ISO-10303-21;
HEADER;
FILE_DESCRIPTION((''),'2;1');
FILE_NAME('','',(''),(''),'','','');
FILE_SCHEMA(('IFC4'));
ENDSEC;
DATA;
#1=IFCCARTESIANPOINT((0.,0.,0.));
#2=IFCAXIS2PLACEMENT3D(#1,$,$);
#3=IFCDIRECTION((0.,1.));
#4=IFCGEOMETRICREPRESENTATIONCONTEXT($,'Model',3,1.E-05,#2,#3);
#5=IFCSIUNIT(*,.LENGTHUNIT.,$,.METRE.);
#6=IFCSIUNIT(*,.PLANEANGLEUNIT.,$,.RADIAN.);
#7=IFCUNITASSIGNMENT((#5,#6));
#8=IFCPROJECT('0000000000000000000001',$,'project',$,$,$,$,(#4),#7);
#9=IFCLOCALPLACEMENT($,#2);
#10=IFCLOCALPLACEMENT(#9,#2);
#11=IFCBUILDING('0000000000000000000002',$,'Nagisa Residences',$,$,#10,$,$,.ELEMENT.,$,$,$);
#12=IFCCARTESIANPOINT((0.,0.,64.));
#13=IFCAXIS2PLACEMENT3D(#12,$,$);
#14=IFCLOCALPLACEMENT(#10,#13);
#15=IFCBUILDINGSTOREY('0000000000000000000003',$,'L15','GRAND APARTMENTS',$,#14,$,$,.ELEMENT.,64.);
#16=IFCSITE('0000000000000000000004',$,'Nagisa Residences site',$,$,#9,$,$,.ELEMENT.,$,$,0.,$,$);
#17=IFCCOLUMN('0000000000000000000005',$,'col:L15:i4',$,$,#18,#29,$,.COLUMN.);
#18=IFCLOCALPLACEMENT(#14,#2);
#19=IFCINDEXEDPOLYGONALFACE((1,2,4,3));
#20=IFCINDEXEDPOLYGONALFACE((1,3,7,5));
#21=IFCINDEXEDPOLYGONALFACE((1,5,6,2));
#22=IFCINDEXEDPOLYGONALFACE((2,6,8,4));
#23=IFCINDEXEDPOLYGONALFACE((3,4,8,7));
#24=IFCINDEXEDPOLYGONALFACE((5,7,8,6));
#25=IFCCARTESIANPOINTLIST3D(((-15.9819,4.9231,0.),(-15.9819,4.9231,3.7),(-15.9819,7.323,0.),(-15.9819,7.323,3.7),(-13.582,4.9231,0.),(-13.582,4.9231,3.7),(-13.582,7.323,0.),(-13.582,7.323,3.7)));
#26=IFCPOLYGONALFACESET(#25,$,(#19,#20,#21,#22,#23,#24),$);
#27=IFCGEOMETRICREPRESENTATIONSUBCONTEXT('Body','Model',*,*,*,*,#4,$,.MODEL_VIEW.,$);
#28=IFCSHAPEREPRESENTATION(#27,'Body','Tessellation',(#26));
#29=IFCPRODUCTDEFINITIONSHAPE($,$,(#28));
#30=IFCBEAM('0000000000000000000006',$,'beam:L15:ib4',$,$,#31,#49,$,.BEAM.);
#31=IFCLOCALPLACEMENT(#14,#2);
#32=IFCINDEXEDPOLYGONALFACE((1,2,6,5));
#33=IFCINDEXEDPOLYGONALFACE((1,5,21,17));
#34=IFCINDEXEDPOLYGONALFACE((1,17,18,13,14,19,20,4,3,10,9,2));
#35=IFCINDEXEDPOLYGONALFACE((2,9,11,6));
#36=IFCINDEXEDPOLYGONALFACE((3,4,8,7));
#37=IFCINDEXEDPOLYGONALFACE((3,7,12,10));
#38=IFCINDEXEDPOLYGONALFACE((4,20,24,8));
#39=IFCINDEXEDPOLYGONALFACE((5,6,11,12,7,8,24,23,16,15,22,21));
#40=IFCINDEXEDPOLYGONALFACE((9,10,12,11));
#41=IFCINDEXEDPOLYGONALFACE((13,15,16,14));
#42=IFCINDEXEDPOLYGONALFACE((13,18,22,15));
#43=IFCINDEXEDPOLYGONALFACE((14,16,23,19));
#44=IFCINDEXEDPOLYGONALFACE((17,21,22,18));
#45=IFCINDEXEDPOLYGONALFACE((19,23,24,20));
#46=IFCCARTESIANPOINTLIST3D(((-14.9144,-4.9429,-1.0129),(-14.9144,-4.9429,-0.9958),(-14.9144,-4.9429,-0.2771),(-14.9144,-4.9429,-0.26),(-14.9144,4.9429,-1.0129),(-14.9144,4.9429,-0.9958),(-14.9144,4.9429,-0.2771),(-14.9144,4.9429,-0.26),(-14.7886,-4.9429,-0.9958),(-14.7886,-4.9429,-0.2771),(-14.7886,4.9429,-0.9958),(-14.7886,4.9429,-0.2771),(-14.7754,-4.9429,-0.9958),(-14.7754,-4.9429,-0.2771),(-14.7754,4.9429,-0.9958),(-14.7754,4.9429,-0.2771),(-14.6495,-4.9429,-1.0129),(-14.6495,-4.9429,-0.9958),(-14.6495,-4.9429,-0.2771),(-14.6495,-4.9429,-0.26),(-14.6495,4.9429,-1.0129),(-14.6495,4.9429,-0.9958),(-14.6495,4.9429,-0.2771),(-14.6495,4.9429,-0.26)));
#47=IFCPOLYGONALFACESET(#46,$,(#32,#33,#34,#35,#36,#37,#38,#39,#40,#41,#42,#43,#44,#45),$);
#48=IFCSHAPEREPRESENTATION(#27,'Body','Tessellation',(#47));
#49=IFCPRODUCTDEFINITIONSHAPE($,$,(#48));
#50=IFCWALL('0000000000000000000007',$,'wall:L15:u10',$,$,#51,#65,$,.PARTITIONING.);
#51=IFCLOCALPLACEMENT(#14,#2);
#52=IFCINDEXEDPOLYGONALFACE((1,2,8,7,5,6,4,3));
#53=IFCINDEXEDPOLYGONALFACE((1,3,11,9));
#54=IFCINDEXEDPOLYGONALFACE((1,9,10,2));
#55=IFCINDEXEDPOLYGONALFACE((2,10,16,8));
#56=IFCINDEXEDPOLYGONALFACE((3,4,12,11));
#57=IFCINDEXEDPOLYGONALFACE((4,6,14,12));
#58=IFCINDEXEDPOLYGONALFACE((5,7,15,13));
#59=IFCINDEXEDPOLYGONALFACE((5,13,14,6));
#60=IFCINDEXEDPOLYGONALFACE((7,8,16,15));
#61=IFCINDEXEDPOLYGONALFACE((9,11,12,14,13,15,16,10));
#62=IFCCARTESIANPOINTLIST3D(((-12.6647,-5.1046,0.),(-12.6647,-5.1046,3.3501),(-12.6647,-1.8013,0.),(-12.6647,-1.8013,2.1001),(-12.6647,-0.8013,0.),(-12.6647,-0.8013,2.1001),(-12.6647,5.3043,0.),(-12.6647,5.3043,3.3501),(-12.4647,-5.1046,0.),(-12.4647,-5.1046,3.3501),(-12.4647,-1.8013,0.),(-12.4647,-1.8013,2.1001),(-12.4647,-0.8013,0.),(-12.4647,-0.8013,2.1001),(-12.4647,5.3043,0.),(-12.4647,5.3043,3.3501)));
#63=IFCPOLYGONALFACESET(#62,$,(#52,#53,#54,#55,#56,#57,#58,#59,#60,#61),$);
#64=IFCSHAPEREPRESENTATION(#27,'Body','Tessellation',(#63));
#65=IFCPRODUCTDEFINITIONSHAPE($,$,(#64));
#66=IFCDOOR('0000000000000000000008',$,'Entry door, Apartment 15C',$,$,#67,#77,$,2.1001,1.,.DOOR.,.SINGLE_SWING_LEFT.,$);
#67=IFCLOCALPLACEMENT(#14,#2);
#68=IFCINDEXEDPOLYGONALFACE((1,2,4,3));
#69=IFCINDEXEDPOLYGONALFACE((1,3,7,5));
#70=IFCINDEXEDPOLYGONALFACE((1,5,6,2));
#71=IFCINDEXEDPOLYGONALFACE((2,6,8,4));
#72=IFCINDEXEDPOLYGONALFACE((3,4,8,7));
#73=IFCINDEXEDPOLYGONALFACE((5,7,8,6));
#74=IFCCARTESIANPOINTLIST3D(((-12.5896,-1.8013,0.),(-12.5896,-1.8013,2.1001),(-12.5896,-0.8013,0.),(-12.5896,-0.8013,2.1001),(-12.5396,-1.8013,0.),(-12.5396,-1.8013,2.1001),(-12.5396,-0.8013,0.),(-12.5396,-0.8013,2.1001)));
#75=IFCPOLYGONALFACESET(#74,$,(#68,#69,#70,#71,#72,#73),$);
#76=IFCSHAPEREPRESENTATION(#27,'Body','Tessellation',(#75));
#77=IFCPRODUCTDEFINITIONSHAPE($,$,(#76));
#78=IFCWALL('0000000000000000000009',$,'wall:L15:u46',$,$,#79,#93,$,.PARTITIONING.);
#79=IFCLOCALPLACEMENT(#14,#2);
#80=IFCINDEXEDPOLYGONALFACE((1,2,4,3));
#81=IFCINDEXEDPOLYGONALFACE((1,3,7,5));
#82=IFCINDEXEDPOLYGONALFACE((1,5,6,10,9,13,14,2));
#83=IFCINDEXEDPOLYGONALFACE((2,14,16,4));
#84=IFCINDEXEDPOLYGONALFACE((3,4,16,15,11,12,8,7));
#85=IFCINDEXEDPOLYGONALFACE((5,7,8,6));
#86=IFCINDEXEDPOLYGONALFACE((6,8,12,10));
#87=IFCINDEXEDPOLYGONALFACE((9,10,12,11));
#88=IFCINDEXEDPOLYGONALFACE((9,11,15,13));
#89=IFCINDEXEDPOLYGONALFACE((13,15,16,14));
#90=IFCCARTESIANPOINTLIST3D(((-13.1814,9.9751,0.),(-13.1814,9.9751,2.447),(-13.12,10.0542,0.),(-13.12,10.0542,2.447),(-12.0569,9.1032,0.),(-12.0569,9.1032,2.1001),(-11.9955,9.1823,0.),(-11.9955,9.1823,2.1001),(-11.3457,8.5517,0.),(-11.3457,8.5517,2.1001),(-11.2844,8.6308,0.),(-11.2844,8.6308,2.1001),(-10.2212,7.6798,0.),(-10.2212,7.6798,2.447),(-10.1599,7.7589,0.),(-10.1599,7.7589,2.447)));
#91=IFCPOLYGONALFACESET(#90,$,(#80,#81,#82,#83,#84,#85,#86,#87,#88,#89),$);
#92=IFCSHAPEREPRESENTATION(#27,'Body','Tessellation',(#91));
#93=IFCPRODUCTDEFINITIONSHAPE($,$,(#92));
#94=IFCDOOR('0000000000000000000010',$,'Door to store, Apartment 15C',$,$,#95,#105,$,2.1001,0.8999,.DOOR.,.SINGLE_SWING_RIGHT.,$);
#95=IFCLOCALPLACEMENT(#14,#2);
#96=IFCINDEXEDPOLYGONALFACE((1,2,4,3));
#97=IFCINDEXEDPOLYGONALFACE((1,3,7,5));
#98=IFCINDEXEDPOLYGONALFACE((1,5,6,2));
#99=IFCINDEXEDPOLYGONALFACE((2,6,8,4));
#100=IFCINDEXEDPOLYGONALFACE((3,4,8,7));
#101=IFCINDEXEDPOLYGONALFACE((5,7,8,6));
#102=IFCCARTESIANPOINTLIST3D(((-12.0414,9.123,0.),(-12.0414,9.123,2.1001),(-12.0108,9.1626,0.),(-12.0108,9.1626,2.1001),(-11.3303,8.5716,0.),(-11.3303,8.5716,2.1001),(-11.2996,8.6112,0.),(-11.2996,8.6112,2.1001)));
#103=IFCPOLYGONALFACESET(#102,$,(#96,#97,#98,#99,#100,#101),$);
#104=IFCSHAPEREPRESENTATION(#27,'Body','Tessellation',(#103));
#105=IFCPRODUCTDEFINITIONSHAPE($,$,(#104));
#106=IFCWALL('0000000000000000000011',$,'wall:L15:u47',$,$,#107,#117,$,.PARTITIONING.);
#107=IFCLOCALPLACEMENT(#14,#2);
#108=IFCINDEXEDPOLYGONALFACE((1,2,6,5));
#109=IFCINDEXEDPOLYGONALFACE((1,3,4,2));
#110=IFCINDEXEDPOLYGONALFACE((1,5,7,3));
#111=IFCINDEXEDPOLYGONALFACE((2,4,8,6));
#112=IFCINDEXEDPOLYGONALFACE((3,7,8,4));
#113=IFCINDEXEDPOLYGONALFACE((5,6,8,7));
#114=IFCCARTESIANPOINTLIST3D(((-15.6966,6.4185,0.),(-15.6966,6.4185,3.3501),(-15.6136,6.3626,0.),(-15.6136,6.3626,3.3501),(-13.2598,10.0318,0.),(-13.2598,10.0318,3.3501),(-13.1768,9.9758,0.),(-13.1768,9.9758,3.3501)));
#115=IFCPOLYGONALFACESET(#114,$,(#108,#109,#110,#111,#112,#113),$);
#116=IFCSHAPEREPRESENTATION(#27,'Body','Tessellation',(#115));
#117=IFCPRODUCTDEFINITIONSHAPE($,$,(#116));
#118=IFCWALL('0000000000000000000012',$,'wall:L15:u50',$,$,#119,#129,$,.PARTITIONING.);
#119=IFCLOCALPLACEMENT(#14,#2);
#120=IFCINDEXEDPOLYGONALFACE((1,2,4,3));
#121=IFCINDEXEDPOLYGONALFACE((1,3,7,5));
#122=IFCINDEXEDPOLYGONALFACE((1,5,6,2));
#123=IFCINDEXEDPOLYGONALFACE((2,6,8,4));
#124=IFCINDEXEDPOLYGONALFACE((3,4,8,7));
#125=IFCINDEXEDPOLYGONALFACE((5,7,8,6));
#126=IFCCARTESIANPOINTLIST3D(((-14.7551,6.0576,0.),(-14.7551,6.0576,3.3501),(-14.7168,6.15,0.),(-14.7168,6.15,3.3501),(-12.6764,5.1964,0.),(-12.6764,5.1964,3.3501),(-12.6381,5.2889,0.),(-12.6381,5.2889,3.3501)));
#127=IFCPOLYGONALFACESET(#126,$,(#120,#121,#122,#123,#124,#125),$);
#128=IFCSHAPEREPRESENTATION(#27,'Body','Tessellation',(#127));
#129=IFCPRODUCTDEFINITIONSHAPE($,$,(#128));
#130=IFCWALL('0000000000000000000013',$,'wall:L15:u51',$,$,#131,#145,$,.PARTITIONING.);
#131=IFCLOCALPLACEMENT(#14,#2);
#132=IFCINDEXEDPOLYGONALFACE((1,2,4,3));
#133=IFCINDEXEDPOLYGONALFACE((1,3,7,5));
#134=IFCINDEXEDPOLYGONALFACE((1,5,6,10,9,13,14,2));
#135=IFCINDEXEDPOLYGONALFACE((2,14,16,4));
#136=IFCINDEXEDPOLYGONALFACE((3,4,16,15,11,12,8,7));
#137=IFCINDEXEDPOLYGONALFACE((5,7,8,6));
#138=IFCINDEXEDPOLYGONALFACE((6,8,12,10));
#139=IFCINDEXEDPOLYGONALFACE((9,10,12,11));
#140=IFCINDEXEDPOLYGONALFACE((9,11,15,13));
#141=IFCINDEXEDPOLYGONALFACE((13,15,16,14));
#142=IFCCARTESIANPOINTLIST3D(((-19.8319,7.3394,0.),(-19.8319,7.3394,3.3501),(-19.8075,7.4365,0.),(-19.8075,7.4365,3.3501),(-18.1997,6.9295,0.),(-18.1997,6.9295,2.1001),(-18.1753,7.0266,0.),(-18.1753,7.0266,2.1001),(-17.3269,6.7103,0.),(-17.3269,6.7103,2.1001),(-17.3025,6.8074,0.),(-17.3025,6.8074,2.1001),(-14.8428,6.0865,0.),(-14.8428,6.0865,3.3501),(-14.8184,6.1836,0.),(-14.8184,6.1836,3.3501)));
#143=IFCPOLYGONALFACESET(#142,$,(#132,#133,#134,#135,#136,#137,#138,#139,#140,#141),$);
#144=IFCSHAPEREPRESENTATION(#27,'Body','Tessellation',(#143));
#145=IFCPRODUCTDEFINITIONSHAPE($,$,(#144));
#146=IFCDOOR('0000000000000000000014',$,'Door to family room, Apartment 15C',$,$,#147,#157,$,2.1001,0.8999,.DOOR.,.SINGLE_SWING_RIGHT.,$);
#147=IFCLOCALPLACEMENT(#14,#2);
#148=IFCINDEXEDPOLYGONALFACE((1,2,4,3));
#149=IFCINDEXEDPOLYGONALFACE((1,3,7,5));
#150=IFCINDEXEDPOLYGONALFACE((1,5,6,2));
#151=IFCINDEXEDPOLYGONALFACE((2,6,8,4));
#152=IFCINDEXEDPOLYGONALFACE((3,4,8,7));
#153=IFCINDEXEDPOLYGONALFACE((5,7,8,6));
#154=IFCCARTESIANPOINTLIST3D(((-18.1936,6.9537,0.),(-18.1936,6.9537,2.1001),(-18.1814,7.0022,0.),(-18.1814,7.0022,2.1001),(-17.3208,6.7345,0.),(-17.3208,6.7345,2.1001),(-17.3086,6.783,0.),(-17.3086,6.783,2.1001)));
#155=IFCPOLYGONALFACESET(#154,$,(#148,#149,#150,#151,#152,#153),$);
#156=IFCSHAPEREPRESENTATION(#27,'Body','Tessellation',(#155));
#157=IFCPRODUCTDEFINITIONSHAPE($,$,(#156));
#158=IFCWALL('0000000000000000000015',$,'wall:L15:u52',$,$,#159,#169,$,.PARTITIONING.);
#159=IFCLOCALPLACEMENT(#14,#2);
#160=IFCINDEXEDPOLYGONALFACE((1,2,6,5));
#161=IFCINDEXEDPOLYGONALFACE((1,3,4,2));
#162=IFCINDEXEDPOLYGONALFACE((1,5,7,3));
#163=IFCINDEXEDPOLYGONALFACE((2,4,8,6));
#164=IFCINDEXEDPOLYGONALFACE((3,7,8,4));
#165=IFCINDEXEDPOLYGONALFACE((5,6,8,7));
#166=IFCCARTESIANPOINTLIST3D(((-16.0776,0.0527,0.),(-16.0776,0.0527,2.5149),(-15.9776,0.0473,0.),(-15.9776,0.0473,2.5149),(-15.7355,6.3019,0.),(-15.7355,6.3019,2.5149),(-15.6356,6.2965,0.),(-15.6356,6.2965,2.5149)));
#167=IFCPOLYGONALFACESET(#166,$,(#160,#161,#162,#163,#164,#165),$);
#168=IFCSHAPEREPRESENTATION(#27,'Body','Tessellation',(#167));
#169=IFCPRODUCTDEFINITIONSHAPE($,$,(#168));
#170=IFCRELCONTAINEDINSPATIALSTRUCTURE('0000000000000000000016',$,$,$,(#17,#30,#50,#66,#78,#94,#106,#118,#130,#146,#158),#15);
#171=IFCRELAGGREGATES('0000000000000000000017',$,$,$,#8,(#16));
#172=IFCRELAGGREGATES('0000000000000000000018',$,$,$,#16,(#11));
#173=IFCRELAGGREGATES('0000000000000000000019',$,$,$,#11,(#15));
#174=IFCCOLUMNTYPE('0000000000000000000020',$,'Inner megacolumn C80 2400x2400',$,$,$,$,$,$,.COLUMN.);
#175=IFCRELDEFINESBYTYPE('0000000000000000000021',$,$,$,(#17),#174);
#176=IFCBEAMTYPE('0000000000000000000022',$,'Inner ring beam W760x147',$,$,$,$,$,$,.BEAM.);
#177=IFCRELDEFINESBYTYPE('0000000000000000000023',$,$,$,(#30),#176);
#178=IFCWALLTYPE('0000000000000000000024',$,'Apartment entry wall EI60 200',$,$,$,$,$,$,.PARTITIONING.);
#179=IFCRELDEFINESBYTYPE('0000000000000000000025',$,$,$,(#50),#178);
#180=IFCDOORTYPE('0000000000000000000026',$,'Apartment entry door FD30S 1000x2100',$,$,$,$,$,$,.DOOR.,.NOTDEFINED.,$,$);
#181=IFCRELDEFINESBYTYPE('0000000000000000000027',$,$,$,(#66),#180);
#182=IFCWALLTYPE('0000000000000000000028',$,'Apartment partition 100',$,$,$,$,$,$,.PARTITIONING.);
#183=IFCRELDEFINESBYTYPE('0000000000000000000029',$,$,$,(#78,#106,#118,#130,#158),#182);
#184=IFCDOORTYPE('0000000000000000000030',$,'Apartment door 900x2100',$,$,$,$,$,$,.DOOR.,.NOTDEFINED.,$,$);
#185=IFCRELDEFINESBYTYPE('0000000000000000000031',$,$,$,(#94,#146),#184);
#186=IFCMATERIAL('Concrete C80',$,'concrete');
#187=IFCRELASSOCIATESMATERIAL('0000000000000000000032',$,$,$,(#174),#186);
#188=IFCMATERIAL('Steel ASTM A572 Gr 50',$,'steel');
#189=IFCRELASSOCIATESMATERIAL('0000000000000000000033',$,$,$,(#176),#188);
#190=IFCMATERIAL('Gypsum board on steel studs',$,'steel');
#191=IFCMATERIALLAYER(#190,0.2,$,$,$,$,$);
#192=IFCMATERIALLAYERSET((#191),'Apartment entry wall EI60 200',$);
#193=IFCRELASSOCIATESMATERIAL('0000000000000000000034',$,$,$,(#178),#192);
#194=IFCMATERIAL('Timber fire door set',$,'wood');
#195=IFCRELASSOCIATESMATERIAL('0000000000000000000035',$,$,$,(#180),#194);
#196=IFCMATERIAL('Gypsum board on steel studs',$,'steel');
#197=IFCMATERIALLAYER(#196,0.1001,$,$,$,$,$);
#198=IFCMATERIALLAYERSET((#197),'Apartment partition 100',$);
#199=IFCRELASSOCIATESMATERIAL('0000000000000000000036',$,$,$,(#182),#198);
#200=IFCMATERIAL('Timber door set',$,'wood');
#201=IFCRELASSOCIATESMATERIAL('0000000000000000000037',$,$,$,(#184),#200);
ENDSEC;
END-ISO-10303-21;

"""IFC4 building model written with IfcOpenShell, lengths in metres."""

from ifc_helpers import new_model, si_unit, direction, frame, frame_2d, origin, origin_2d, place, context, subcontext, project, spatial, rectangle, i_section, extrude, material, layer, layer_set, material_profile, profile_set, type_object, element, fill, save


model = new_model("IFC4")

# Units and contexts
model_context = context("Model", 3, precision=1e-05, world=origin(), true_north=direction((0.0, 1.0)))
body_context = subcontext(model_context, "Body", "Model", "MODEL_VIEW")
ifc_project = project(units=[si_unit("LENGTHUNIT", "METRE"), si_unit("PLANEANGLEUNIT", "RADIAN")], contexts=[model_context])

# Site, building, storey
site_placement = place(None, origin())
site = spatial("IfcSite", under=ifc_project, at=site_placement, Name="Nagisa Residences site", CompositionType="ELEMENT", RefElevation=0.0)
building_placement = place(site_placement, origin())
building = spatial("IfcBuilding", under=site, at=building_placement, Name="Nagisa Residences", CompositionType="ELEMENT")
storey_placement = place(building_placement, frame((0.0, 0.0, 64.0)))
storey = spatial("IfcBuildingStorey", under=building, at=storey_placement, Name="L15", Description="GRAND APARTMENTS", CompositionType="ELEMENT", Elevation=64.0)

# Column
ifc_material_1 = material(Name="Concrete C80", Category="concrete")
ifc_material_profile_1 = material_profile(ifc_material_1, rectangle(XDim=2.3999, YDim=2.3999, at=origin_2d()), Name="C80 2400x2400")
ifc_profile_set_1 = profile_set([ifc_material_profile_1], Name="Concrete C80")
column_type = type_object("IfcColumnType", Name="Inner megacolumn C80 2400x2400", PredefinedType="COLUMN", material=ifc_profile_set_1)
column_placement = place(storey_placement, frame((-14.782, 6.123, 0.0), z_axis=(0.0, 0.0, 1.0), x_axis=(1.0, 0.0, 0.0)))
element("IfcColumn", 1, at=column_placement, inside=storey, type_object=column_type, Name="col:L15:i4", PredefinedType="COLUMN", context=body_context, shape_type="SweptSolid", body=[
    extrude(rectangle(XDim=2.3999, YDim=2.3999, at=origin_2d()), origin(), (0.0, 0.0, 1.0), 3.7),
])

# Beam
ifc_material_2 = material(Name="Steel ASTM A572 Gr 50", Category="steel")
ifc_material_profile_2 = material_profile(ifc_material_2, i_section(OverallWidth=0.2649, OverallDepth=0.7529, WebThickness=0.0132, FlangeThickness=0.0171, at=origin_2d()), Name="W760x147")
ifc_profile_set_2 = profile_set([ifc_material_profile_2], Name="Steel ASTM A572 Gr 50")
beam_type = type_object("IfcBeamType", Name="Inner ring beam W760x147", PredefinedType="BEAM", material=ifc_profile_set_2)
beam_placement = place(storey_placement, frame((-14.782, 4.9429, -0.6365), z_axis=(0.0, -1.0, 0.0), x_axis=(1.0, 0.0, 0.0)))
element("IfcBeam", 2, at=beam_placement, inside=storey, type_object=beam_type, Name="beam:L15:ib4", PredefinedType="BEAM", context=body_context, shape_type="SweptSolid", body=[
    extrude(i_section(OverallWidth=0.2649, OverallDepth=0.7529, WebThickness=0.0132, FlangeThickness=0.0171, at=origin_2d()), origin(), (0.0, 0.0, 1.0), 9.8857),
])

# Walls, openings, doors
ifc_material_3 = material(Name="Gypsum board on steel studs", Category="steel")
ifc_layer_1 = layer(ifc_material_3, 0.2)
ifc_layer_set_1 = layer_set([ifc_layer_1], Name="Apartment entry wall EI60 200")
wall_type_1 = type_object("IfcWallType", Name="Apartment entry wall EI60 200", PredefinedType="PARTITIONING", material=ifc_layer_set_1)
wall_1_placement = place(storey_placement, frame((-12.5647, 5.3044, 0.0), z_axis=(0.0, 0.0, 1.0), x_axis=(0.0, -1.0, 0.0)))
wall_1 = element("IfcWall", 3, at=wall_1_placement, inside=storey, type_object=wall_type_1, Name="wall:L15:u10", PredefinedType="PARTITIONING", context=body_context, shape_type="SweptSolid", body=[
    extrude(rectangle(XDim=10.4089, YDim=0.2, at=frame_2d((5.2046, 0.0))), origin(), (0.0, 0.0, 1.0), 3.3501),
])
opening_1_placement = place(wall_1_placement, frame((6.1057, 0.0, 0.0)))
opening_1 = element("IfcOpeningElement", 4, at=opening_1_placement, cuts=wall_1, PredefinedType="OPENING", context=body_context, shape_type="SweptSolid", body=[
    extrude(rectangle(XDim=1.0, YDim=2.1001, at=frame_2d((0.5, 1.05))), frame((0.0, 0.1099, 0.0), z_axis=(0.0, -1.0, 0.0), x_axis=(1.0, 0.0, 0.0)), (0.0, 0.0, 1.0), 0.22),
])
ifc_material_4 = material(Name="Timber fire door set", Category="wood")
door_type_1 = type_object("IfcDoorType", Name="Apartment entry door FD30S 1000x2100", OperationType="NOTDEFINED", PredefinedType="DOOR", material=ifc_material_4)
door_1_placement = place(opening_1_placement, frame((1.0, 0.0, 0.0), x_axis=(-1.0, 0.0, 0.0)))
door_1 = element("IfcDoor", 5, at=door_1_placement, inside=storey, type_object=door_type_1, Name="Entry door, Apartment 15C", OperationType="SINGLE_SWING_LEFT", OverallHeight=2.1001, OverallWidth=1.0, PredefinedType="DOOR", context=body_context, shape_type="SweptSolid", body=[
    extrude(rectangle(XDim=1.0, YDim=2.1001, at=frame_2d((0.5, 1.05))), frame((0.0, 0.0249, 0.0), z_axis=(0.0, -1.0, 0.0), x_axis=(1.0, 0.0, 0.0)), (0.0, 0.0, 1.0), 0.05),
])
fill(opening_1, door_1)
ifc_material_5 = material(Name="Gypsum board on steel studs", Category="steel")
ifc_layer_2 = layer(ifc_material_5, 0.1001)
ifc_layer_set_2 = layer_set([ifc_layer_2], Name="Apartment partition 100")
wall_type_2 = type_object("IfcWallType", Name="Apartment partition 100", PredefinedType="PARTITIONING", material=ifc_layer_set_2)
wall_2_placement = place(storey_placement, frame((-10.1904, 7.7192, 0.0), z_axis=(0.0, 0.0, 1.0), x_axis=(-0.790253, 0.61278, 0.0)))
wall_2 = element("IfcWall", 6, at=wall_2_placement, inside=storey, type_object=wall_type_2, Name="wall:L15:u46", PredefinedType="PARTITIONING", context=body_context, shape_type="SweptSolid", body=[
    extrude(rectangle(XDim=3.7458, YDim=0.1001, at=frame_2d((1.873, 0.0))), origin(), (0.0, 0.0, 1.0), 2.447),
])
opening_2_placement = place(wall_2_placement, frame((1.4231, 0.0, 0.0)))
opening_2 = element("IfcOpeningElement", 7, at=opening_2_placement, cuts=wall_2, PredefinedType="OPENING", context=body_context, shape_type="SweptSolid", body=[
    extrude(rectangle(XDim=0.8999, YDim=2.1001, at=frame_2d((0.45, 1.05))), frame((0.0, 0.0601, 0.0), z_axis=(0.0, -1.0, 0.0), x_axis=(1.0, 0.0, 0.0)), (0.0, 0.0, 1.0), 0.1201),
])
ifc_material_6 = material(Name="Timber door set", Category="wood")
door_type_2 = type_object("IfcDoorType", Name="Apartment door 900x2100", OperationType="NOTDEFINED", PredefinedType="DOOR", material=ifc_material_6)
door_2_placement = place(opening_2_placement, origin())
door_2 = element("IfcDoor", 8, at=door_2_placement, inside=storey, type_object=door_type_2, Name="Door to store, Apartment 15C", OperationType="SINGLE_SWING_RIGHT", OverallHeight=2.1001, OverallWidth=0.8999, PredefinedType="DOOR", context=body_context, shape_type="SweptSolid", body=[
    extrude(rectangle(XDim=0.8999, YDim=2.1001, at=frame_2d((0.45, 1.05))), frame((0.0, 0.0249, 0.0), z_axis=(0.0, -1.0, 0.0), x_axis=(1.0, 0.0, 0.0)), (0.0, 0.0, 1.0), 0.05),
])
fill(opening_2, door_2)

# Walls
wall_3_placement = place(storey_placement, frame((-13.2183, 10.0039, 0.0), z_axis=(0.0, 0.0, 1.0), x_axis=(-0.559126, -0.829082, 0.0)))
element("IfcWall", 9, at=wall_3_placement, inside=storey, type_object=wall_type_2, Name="wall:L15:u47", PredefinedType="PARTITIONING", context=body_context, shape_type="SweptSolid", body=[
    extrude(rectangle(XDim=4.3582, YDim=0.1001, at=frame_2d((2.1792, 0.0))), origin(), (0.0, 0.0, 1.0), 3.3501),
])
wall_4_placement = place(storey_placement, frame((-12.6572, 5.2427, 0.0), z_axis=(0.0, 0.0, 1.0), x_axis=(-0.923865, 0.382719, 0.0)))
element("IfcWall", 10, at=wall_4_placement, inside=storey, type_object=wall_type_2, Name="wall:L15:u50", PredefinedType="PARTITIONING", context=body_context, shape_type="SweptSolid", body=[
    extrude(rectangle(XDim=2.25, YDim=0.1001, at=frame_2d((1.125, 0.0))), origin(), (0.0, 0.0, 1.0), 3.3501),
])

# Wall, opening, door
wall_5_placement = place(storey_placement, frame((-14.8306, 6.135, 0.0), z_axis=(0.0, 0.0, 1.0), x_axis=(-0.969882, 0.243574, 0.0)))
wall_5 = element("IfcWall", 11, at=wall_5_placement, inside=storey, type_object=wall_type_2, Name="wall:L15:u51", PredefinedType="PARTITIONING", context=body_context, shape_type="SweptSolid", body=[
    extrude(rectangle(XDim=5.144, YDim=0.1001, at=frame_2d((2.572, 0.0))), origin(), (0.0, 0.0, 1.0), 3.3501),
])
opening_3_placement = place(wall_5_placement, frame((2.5613, 0.0, 0.0)))
opening_3 = element("IfcOpeningElement", 12, at=opening_3_placement, cuts=wall_5, PredefinedType="OPENING", context=body_context, shape_type="SweptSolid", body=[
    extrude(rectangle(XDim=0.8999, YDim=2.1001, at=frame_2d((0.45, 1.05))), frame((0.0, 0.0601, 0.0), z_axis=(0.0, -1.0, 0.0), x_axis=(1.0, 0.0, 0.0)), (0.0, 0.0, 1.0), 0.1201),
])
door_3_placement = place(opening_3_placement, frame((0.8999, 0.0, 0.0), x_axis=(-1.0, 0.0, 0.0)))
door_3 = element("IfcDoor", 13, at=door_3_placement, inside=storey, type_object=door_type_2, Name="Door to family room, Apartment 15C", OperationType="SINGLE_SWING_RIGHT", OverallHeight=2.1001, OverallWidth=0.8999, PredefinedType="DOOR", context=body_context, shape_type="SweptSolid", body=[
    extrude(rectangle(XDim=0.8999, YDim=2.1001, at=frame_2d((0.45, 1.05))), frame((0.0, 0.0249, 0.0), z_axis=(0.0, -1.0, 0.0), x_axis=(1.0, 0.0, 0.0)), (0.0, 0.0, 1.0), 0.05),
])
fill(opening_3, door_3)

# Wall
wall_6_placement = place(storey_placement, frame((-15.6855, 6.2993, 0.0), z_axis=(0.0, 0.0, 1.0), x_axis=(-0.054651, -0.998506, 0.0)))
element("IfcWall", 14, at=wall_6_placement, inside=storey, type_object=wall_type_2, Name="wall:L15:u52", PredefinedType="PARTITIONING", context=body_context, shape_type="SweptSolid", body=[
    extrude(rectangle(XDim=6.2585, YDim=0.1001, at=frame_2d((3.1294, 0.0))), origin(), (0.0, 0.0, 1.0), 2.5149),
])

save(model, "model.ifc")
